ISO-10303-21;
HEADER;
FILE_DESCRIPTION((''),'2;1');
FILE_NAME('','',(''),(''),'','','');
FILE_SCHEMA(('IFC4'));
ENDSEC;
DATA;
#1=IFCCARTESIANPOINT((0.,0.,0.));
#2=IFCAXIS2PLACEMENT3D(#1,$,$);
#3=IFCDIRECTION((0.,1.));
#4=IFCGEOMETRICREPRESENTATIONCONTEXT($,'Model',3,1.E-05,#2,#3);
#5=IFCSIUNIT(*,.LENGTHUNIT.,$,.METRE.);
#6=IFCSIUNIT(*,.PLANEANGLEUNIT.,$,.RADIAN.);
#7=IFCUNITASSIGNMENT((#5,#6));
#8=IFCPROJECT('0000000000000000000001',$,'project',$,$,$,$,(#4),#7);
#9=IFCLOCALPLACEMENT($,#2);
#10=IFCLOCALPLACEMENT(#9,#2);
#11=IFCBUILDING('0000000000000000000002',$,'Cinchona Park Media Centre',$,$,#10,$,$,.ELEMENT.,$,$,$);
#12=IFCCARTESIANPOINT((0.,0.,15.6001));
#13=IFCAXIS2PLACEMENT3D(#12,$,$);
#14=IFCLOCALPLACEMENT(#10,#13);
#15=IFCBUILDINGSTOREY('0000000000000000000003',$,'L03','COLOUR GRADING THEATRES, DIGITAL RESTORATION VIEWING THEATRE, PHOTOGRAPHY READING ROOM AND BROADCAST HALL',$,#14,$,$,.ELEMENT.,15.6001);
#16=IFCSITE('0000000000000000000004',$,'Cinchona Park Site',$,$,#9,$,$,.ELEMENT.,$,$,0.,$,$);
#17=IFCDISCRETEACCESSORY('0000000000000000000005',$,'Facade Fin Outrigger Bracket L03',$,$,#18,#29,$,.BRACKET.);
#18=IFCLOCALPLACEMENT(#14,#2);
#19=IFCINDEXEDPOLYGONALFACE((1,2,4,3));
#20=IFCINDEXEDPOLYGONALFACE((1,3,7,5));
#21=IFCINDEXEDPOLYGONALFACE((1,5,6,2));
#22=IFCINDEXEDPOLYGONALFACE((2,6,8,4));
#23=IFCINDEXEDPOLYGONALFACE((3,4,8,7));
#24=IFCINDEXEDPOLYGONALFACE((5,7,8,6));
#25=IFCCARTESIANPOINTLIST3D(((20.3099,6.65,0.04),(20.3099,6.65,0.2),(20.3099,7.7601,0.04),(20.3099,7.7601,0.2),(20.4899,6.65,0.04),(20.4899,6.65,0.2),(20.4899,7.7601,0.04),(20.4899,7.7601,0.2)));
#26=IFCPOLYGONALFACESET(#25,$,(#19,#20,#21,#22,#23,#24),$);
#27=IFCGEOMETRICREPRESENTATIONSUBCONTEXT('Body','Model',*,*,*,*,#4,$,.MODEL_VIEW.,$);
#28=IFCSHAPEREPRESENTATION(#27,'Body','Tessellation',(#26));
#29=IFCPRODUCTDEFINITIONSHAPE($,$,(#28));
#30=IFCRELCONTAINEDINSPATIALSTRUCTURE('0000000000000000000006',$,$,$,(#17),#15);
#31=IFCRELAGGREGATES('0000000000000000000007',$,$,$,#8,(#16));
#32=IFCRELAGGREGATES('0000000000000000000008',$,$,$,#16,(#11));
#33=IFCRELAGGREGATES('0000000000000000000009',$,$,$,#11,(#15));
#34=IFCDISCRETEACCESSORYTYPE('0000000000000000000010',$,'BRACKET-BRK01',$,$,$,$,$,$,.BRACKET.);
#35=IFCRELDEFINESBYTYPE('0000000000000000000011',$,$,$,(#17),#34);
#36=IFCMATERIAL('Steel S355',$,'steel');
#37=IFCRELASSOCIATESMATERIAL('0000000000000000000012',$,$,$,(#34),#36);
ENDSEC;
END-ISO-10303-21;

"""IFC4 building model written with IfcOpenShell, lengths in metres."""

from ifc_helpers import new_model, si_unit, direction, frame, origin, origin_2d, place, context, subcontext, project, spatial, rectangle, extrude, material, type_object, element, save


model = new_model("IFC4")

# Units and contexts
model_context = context("Model", 3, precision=1e-05, world=origin(), true_north=direction((0.0, 1.0)))
body_context = subcontext(model_context, "Body", "Model", "MODEL_VIEW")
ifc_project = project(units=[si_unit("LENGTHUNIT", "METRE"), si_unit("PLANEANGLEUNIT", "RADIAN")], contexts=[model_context])

# Site, building, storey
site_placement = place(None, origin())
site = spatial("IfcSite", under=ifc_project, at=site_placement, Name="Cinchona Park Site", CompositionType="ELEMENT", RefElevation=0.0)
building_placement = place(site_placement, origin())
building = spatial("IfcBuilding", under=site, at=building_placement, Name="Cinchona Park Media Centre", CompositionType="ELEMENT")
storey_placement = place(building_placement, frame((0.0, 0.0, 15.6001)))
storey = spatial("IfcBuildingStorey", under=building, at=storey_placement, Name="L03", Description="COLOUR GRADING THEATRES, DIGITAL RESTORATION VIEWING THEATRE, PHOTOGRAPHY READING ROOM AND BROADCAST HALL", CompositionType="ELEMENT", Elevation=15.6001)

# Discrete accessory
ifc_material_1 = material(Name="Steel S355", Category="steel")
discrete_accessory_type = type_object("IfcDiscreteAccessoryType", Name="BRACKET-BRK01", PredefinedType="BRACKET", material=ifc_material_1)
discrete_accessory_1_placement = place(storey_placement, frame((20.3999, 7.2051, 0.04), z_axis=(0.0, 0.0, 1.0), x_axis=(1.0, 0.0, 0.0)))
element("IfcDiscreteAccessory", 1, at=discrete_accessory_1_placement, inside=storey, type_object=discrete_accessory_type, Name="Facade Fin Outrigger Bracket L03", PredefinedType="BRACKET", context=body_context, shape_type="SweptSolid", body=[
    extrude(rectangle(XDim=0.1799, YDim=1.1101, at=origin_2d()), origin(), (0.0, 0.0, 1.0), 0.1599),
])

save(model, "model.ifc")
